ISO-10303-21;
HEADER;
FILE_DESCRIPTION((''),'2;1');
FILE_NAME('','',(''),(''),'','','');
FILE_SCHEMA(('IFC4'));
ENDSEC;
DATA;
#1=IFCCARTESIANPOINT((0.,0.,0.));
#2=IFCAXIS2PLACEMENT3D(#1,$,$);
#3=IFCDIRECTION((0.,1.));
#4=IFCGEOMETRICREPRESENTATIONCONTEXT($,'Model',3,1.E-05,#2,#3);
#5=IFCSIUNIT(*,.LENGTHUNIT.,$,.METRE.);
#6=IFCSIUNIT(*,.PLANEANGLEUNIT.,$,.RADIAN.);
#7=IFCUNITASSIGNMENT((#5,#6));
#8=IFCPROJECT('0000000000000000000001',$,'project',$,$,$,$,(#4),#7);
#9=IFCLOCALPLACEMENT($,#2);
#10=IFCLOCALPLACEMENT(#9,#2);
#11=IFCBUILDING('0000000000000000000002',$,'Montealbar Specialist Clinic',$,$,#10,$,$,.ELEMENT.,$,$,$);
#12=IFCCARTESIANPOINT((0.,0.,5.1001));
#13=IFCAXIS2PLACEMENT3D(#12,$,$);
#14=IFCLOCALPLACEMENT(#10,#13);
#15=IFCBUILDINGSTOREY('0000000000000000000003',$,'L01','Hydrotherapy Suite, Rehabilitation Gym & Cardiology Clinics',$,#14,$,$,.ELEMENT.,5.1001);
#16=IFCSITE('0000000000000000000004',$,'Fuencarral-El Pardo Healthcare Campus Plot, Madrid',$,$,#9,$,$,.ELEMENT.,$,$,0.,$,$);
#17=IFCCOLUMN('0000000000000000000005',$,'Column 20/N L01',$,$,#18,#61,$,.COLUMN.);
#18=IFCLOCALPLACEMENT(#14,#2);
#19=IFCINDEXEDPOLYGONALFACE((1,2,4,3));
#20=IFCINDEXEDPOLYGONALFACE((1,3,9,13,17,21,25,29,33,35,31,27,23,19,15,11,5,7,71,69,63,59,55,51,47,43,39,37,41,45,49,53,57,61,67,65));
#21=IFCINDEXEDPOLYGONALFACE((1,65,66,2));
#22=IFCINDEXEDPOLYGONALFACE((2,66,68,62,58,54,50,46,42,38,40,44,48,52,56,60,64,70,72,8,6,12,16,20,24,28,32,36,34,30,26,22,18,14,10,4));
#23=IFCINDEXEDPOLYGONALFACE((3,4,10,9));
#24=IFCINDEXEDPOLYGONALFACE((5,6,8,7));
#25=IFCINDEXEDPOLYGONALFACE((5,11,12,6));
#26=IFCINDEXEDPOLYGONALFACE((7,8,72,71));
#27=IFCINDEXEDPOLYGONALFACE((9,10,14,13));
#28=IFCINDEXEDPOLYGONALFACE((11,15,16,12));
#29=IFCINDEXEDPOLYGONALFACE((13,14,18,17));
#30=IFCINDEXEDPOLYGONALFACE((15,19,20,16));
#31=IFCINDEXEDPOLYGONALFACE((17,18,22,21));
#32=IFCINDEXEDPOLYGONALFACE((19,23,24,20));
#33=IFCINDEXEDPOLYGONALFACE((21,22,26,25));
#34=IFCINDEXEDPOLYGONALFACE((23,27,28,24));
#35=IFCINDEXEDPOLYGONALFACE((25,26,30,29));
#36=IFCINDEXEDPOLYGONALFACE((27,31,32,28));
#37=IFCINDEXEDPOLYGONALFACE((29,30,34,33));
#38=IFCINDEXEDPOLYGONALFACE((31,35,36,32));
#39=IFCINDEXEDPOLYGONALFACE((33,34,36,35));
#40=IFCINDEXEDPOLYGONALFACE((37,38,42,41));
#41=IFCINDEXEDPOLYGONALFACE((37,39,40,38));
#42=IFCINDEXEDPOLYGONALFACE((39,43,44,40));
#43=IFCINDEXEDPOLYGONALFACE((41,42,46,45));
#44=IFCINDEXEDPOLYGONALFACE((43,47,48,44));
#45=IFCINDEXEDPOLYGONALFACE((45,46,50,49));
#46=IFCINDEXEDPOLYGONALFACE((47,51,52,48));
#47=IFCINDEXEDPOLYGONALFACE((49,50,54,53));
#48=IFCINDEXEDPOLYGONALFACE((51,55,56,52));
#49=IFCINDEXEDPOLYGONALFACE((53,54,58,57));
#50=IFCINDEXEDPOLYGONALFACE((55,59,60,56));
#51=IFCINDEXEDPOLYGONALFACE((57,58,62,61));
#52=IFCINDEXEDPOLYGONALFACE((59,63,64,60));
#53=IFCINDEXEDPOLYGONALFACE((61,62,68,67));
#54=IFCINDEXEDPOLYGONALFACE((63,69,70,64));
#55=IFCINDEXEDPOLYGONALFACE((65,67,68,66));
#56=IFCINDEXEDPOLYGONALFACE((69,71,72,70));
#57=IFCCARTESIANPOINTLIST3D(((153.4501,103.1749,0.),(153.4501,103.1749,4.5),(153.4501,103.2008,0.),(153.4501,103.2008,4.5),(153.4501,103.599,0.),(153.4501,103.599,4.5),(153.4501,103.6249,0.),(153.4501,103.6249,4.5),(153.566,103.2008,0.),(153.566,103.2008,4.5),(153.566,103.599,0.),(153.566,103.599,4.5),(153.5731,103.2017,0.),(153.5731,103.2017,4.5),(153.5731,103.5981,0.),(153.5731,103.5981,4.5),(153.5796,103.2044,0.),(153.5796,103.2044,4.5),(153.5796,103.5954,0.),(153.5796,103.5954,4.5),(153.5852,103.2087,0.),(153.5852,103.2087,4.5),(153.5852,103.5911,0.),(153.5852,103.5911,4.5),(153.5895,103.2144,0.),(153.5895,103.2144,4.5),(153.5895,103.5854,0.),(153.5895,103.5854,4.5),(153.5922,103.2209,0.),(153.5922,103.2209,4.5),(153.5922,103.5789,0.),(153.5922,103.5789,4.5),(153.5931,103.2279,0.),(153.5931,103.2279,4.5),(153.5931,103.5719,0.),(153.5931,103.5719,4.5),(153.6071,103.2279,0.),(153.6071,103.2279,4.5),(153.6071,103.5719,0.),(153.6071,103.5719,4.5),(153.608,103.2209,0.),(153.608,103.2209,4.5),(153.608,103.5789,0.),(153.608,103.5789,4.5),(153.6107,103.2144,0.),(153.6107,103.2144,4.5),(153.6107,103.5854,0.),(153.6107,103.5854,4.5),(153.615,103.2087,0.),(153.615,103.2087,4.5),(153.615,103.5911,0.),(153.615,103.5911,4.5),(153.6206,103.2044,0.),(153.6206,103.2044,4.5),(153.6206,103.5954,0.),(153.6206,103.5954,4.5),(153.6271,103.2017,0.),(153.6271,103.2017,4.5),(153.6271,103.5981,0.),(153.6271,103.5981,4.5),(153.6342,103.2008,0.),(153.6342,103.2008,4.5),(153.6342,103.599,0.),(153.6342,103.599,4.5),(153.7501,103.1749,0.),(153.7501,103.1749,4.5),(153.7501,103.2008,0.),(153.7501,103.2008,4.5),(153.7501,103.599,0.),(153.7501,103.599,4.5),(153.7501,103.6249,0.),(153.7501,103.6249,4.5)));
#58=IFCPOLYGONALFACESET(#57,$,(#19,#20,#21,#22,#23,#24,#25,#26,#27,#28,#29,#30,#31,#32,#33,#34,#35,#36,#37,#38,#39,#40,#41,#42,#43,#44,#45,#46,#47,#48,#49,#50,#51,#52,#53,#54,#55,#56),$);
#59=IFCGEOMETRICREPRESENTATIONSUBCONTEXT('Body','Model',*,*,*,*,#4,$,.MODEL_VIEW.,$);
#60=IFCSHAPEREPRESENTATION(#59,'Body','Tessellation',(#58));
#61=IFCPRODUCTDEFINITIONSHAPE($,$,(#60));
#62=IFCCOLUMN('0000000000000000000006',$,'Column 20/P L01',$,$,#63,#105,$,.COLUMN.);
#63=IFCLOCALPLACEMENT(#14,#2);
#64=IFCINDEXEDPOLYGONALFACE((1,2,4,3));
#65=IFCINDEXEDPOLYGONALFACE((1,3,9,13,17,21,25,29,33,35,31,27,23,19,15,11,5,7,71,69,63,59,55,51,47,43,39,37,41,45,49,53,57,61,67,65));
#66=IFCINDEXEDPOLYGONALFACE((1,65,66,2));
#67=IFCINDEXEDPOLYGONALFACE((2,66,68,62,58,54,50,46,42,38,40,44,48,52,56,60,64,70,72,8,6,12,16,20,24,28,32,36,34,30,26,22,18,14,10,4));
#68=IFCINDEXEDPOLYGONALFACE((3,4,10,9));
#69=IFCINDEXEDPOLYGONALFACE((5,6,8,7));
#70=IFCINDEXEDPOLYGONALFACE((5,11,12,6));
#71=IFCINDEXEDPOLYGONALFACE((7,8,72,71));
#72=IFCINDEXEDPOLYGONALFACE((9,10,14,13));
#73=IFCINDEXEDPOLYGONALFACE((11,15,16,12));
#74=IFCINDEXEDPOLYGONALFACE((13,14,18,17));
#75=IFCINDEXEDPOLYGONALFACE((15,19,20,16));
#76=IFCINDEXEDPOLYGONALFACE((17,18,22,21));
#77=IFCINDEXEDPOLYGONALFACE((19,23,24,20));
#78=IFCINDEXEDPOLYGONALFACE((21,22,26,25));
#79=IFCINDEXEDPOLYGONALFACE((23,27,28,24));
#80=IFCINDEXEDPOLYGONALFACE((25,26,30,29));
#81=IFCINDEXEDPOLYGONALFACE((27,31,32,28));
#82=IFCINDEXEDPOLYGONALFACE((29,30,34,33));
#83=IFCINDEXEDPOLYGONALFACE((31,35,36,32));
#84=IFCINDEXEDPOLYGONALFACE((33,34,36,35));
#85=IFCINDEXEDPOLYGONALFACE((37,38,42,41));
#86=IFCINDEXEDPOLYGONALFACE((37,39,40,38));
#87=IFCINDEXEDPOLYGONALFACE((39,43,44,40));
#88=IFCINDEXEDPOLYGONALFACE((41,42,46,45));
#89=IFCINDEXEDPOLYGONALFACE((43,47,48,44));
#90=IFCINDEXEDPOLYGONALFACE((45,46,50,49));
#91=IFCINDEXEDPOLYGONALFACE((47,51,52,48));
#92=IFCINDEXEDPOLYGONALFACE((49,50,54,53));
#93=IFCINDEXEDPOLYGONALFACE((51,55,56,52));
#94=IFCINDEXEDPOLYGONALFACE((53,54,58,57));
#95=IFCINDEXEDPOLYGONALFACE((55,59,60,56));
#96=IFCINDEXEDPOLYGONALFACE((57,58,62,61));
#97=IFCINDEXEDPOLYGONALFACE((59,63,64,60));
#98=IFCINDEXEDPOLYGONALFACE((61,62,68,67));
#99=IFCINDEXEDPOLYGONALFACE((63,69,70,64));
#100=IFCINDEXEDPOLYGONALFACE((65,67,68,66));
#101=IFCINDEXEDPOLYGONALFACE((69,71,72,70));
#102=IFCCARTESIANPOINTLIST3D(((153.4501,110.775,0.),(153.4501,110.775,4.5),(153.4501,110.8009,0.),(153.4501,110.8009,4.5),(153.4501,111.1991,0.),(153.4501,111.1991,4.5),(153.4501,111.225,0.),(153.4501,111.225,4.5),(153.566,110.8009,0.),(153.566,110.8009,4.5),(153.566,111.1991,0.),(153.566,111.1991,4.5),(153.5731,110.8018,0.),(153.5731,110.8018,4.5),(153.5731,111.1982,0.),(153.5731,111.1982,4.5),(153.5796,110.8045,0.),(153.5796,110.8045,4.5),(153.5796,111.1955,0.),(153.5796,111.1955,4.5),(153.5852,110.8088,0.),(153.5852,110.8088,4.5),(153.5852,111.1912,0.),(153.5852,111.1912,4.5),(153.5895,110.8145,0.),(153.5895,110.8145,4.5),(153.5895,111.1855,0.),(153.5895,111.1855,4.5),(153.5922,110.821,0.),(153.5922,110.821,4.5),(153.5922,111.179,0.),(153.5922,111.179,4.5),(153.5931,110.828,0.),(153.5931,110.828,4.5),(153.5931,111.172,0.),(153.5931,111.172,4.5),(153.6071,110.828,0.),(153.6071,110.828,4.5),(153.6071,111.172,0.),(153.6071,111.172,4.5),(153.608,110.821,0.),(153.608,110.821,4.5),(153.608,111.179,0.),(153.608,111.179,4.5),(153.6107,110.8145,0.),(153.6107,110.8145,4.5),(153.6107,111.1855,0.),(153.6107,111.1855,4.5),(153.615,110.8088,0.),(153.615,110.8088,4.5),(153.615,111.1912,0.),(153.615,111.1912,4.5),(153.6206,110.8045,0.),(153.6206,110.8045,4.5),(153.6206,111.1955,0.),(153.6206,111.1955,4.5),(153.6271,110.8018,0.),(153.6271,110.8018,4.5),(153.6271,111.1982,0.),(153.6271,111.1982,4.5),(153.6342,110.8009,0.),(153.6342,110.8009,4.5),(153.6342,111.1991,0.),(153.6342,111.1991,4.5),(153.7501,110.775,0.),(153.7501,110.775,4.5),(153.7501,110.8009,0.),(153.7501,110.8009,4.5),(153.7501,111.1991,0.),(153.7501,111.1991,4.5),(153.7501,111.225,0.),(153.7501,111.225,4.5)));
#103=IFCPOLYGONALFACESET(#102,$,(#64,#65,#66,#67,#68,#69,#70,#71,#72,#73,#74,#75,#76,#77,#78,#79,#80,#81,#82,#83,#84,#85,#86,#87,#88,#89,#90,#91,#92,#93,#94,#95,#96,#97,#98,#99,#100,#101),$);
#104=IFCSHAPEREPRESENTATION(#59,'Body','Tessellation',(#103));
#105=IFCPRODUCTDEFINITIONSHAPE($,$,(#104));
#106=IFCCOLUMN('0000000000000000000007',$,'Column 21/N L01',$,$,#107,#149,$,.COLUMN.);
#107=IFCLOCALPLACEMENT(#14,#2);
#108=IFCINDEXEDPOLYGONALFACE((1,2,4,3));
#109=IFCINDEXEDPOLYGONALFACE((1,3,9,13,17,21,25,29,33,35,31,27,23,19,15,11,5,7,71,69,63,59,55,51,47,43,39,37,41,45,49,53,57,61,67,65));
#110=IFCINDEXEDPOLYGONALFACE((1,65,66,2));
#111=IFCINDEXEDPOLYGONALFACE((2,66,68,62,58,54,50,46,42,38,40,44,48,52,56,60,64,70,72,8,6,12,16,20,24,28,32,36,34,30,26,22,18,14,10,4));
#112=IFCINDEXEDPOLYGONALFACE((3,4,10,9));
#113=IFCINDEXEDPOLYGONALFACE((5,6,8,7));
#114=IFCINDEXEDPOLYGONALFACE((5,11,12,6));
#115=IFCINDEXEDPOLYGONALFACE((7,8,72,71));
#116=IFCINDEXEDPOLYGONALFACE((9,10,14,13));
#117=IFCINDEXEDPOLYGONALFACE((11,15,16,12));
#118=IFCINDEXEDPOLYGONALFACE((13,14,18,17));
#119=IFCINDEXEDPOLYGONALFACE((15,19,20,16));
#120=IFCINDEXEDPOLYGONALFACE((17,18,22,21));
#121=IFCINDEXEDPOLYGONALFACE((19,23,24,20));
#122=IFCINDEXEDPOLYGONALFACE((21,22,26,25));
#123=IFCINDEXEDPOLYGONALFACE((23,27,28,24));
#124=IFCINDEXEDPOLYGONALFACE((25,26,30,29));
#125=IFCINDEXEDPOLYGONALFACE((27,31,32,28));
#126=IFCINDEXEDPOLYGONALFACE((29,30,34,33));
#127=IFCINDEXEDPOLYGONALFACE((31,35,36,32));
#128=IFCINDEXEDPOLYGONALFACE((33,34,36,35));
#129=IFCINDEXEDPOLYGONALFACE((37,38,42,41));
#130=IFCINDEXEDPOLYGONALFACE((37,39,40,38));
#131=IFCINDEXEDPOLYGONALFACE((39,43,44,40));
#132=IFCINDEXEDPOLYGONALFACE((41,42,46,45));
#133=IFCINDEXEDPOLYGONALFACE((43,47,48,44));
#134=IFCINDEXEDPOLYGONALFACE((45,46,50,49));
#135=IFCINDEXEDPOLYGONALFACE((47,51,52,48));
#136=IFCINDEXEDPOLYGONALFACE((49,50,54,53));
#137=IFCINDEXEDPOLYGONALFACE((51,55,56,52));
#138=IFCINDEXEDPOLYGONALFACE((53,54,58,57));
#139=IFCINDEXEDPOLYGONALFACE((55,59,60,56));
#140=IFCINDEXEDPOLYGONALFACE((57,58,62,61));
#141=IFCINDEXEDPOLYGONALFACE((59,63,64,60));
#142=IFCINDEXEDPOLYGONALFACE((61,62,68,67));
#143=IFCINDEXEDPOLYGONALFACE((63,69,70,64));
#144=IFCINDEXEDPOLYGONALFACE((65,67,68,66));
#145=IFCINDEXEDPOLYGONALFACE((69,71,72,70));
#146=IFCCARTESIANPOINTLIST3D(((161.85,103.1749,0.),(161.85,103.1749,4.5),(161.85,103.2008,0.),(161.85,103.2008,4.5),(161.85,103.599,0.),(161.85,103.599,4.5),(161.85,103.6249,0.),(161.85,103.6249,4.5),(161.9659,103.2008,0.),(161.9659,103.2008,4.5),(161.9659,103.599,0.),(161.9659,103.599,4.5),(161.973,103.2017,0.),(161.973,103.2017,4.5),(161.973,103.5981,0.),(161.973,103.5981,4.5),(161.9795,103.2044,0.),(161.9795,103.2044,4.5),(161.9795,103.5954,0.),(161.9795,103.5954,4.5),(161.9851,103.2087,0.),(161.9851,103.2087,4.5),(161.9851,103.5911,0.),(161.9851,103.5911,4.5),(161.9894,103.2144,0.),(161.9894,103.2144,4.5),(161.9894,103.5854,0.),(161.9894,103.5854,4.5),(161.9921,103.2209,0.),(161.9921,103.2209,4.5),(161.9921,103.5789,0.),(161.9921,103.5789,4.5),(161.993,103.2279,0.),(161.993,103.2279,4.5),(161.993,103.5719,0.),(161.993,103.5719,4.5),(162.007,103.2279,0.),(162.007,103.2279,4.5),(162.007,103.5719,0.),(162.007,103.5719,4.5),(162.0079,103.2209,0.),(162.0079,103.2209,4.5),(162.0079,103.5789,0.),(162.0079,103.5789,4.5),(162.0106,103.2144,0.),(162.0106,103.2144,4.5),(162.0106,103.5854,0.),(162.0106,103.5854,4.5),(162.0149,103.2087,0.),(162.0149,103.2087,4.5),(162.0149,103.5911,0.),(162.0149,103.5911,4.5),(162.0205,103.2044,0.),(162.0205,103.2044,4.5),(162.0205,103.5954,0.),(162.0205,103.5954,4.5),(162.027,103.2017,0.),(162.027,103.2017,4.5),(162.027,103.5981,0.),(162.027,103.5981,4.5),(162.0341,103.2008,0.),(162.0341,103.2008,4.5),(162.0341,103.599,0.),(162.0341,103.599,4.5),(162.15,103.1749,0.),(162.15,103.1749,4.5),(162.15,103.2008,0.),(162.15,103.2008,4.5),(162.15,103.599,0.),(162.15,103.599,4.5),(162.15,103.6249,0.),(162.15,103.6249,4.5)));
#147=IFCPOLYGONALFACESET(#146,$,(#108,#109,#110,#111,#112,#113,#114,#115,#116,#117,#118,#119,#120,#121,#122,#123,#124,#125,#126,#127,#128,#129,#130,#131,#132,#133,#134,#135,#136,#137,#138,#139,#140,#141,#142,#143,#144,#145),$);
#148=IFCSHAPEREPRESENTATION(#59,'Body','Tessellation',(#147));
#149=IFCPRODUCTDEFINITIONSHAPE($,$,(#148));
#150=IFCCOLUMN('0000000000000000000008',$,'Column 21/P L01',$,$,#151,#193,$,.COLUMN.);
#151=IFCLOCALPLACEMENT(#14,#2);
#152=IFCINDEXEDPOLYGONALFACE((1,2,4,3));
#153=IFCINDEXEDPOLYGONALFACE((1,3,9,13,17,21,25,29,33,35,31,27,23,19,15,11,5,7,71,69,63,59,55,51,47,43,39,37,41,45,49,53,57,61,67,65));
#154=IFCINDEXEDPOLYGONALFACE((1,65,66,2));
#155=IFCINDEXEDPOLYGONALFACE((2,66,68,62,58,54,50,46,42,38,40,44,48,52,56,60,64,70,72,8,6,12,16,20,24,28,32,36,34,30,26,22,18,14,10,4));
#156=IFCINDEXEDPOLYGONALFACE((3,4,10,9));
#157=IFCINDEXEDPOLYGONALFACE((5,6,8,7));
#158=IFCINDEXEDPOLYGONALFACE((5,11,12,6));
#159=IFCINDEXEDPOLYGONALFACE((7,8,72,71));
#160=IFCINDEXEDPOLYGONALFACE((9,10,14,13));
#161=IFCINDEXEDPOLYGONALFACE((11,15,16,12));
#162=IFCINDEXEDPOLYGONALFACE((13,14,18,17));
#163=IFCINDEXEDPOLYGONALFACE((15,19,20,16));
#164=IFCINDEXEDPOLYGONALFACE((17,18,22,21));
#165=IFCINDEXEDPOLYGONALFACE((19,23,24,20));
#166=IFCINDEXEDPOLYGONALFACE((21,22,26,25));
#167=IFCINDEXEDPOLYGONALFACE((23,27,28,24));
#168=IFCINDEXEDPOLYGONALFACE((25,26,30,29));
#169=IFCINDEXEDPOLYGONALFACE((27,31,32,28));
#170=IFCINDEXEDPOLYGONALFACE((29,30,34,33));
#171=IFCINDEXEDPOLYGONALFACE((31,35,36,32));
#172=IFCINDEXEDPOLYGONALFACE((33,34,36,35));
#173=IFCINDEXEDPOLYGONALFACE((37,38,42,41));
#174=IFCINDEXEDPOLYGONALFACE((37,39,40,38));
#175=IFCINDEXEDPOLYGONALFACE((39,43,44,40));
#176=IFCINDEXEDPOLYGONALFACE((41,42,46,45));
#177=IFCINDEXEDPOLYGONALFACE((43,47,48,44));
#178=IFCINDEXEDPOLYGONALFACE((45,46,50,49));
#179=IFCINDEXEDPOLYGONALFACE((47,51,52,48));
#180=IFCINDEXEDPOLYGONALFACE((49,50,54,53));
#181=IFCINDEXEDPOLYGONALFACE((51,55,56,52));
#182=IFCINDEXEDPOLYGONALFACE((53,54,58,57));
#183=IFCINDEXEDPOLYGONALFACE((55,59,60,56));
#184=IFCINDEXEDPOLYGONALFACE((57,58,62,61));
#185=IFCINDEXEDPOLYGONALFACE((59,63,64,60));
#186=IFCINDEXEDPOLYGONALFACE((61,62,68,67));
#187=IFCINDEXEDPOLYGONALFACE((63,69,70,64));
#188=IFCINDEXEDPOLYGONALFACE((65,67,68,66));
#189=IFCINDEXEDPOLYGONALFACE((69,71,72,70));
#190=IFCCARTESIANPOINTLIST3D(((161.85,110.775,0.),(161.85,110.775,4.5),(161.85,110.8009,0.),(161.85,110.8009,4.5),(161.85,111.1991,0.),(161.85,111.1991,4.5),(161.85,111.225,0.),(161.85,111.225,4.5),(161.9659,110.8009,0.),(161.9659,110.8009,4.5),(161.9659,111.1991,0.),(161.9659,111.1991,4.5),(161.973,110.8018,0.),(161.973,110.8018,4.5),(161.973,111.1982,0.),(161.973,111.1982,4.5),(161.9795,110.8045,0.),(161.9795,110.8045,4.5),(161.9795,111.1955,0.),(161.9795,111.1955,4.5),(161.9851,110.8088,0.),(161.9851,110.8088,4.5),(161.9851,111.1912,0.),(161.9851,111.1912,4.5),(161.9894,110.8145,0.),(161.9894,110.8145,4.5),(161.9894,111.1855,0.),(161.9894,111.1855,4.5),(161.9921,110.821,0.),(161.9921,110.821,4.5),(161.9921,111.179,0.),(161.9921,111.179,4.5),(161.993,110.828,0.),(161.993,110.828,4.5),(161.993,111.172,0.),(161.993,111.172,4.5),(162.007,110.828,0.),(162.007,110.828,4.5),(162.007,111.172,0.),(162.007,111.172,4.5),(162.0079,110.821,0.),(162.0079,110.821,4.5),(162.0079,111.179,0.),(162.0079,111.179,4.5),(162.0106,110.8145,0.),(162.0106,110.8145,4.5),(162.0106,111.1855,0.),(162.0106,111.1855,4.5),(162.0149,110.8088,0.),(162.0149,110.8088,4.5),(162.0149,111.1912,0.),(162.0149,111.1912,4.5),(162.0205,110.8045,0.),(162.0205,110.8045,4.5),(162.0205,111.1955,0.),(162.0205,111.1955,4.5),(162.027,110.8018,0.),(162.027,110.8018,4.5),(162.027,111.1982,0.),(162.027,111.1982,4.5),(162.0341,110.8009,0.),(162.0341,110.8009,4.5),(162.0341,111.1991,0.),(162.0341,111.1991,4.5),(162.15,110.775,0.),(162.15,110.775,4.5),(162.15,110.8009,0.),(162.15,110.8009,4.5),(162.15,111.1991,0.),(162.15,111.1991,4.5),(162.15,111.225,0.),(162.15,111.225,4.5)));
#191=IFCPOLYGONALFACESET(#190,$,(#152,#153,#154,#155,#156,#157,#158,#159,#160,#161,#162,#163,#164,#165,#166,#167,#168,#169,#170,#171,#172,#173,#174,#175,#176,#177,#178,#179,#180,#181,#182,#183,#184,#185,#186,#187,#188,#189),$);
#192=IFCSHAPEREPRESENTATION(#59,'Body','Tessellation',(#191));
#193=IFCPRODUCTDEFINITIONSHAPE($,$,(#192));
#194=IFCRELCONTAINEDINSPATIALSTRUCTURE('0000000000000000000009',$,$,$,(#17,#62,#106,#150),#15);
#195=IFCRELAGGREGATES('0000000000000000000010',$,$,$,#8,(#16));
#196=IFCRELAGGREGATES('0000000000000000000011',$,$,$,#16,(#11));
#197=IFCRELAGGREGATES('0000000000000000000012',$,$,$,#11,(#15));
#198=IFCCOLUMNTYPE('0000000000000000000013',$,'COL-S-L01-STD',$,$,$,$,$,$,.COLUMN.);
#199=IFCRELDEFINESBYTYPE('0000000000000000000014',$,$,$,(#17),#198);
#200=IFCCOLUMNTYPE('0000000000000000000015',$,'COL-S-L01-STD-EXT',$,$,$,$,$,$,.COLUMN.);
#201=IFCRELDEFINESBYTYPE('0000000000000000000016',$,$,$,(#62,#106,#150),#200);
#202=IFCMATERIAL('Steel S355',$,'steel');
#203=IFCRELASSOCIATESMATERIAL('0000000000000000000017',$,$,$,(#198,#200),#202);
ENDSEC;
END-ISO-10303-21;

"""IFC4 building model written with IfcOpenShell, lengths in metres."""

from ifc_helpers import new_model, si_unit, direction, frame, origin, origin_2d, place, context, subcontext, project, spatial, i_section, extrude, material, material_profile, profile_set, type_object, element, save


model = new_model("IFC4")

# Units and contexts
model_context = context("Model", 3, precision=1e-05, world=origin(), true_north=direction((0.0, 1.0)))
body_context = subcontext(model_context, "Body", "Model", "MODEL_VIEW")
ifc_project = project(units=[si_unit("LENGTHUNIT", "METRE"), si_unit("PLANEANGLEUNIT", "RADIAN")], contexts=[model_context])

# Site, building, storey
site_placement = place(None, origin())
site = spatial("IfcSite", under=ifc_project, at=site_placement, Name="Fuencarral-El Pardo Healthcare Campus Plot, Madrid", CompositionType="ELEMENT", RefElevation=0.0)
building_placement = place(site_placement, origin())
building = spatial("IfcBuilding", under=site, at=building_placement, Name="Montealbar Specialist Clinic", CompositionType="ELEMENT")
storey_placement = place(building_placement, frame((0.0, 0.0, 5.1001)))
storey = spatial("IfcBuildingStorey", under=building, at=storey_placement, Name="L01", Description="Hydrotherapy Suite, Rehabilitation Gym & Cardiology Clinics", CompositionType="ELEMENT", Elevation=5.1001)

# Columns
ifc_material_1 = material(Name="Steel S355", Category="steel")
ifc_material_profile_1 = material_profile(ifc_material_1, i_section(OverallWidth=0.3, OverallDepth=0.45, WebThickness=0.0139, FlangeThickness=0.0259, FilletRadius=0.0271, at=origin_2d()), Name="HEB 450", Category="steel")
ifc_profile_set_1 = profile_set([ifc_material_profile_1], Name="Steel S355")
column_type_1 = type_object("IfcColumnType", Name="COL-S-L01-STD", PredefinedType="COLUMN", material=ifc_profile_set_1)
column_1_placement = place(storey_placement, frame((153.6001, 103.3999, 0.0), z_axis=(0.0, 0.0, 1.0), x_axis=(1.0, 0.0, 0.0)))
element("IfcColumn", 1, at=column_1_placement, inside=storey, type_object=column_type_1, Name="Column 20/N L01", PredefinedType="COLUMN", context=body_context, shape_type="SweptSolid", body=[
    extrude(i_section(OverallWidth=0.3, OverallDepth=0.45, WebThickness=0.0139, FlangeThickness=0.0259, FilletRadius=0.0271, at=origin_2d()), origin(), (0.0, 0.0, 1.0), 4.5),
])
ifc_material_profile_2 = material_profile(ifc_material_1, i_section(OverallWidth=0.3, OverallDepth=0.45, WebThickness=0.0139, FlangeThickness=0.0259, FilletRadius=0.0271, at=origin_2d()), Name="HEB 450", Category="steel")
ifc_profile_set_2 = profile_set([ifc_material_profile_2], Name="Steel S355")
column_type_2 = type_object("IfcColumnType", Name="COL-S-L01-STD-EXT", PredefinedType="COLUMN", material=ifc_profile_set_2)
for number, where, z_axis, x_axis, name in (
    (2, (153.6001, 111.0, 0.0), (0.0, 0.0, 1.0), (1.0, 0.0, 0.0), "Column 20/P L01"),
    (3, (162.0, 103.3999, 0.0), (0.0, 0.0, 1.0), (1.0, 0.0, 0.0), "Column 21/N L01"),
    (4, (162.0, 111.0, 0.0), (0.0, 0.0, 1.0), (1.0, 0.0, 0.0), "Column 21/P L01"),
):
    element("IfcColumn", number, at=place(storey_placement, frame(where, z_axis=z_axis, x_axis=x_axis)), inside=storey, type_object=column_type_2, Name=name, PredefinedType="COLUMN", context=body_context, shape_type="SweptSolid", body=[
        extrude(i_section(OverallWidth=0.3, OverallDepth=0.45, WebThickness=0.0139, FlangeThickness=0.0259, FilletRadius=0.0271, at=origin_2d()), origin(), (0.0, 0.0, 1.0), 4.5),
    ])

save(model, "model.ifc")
